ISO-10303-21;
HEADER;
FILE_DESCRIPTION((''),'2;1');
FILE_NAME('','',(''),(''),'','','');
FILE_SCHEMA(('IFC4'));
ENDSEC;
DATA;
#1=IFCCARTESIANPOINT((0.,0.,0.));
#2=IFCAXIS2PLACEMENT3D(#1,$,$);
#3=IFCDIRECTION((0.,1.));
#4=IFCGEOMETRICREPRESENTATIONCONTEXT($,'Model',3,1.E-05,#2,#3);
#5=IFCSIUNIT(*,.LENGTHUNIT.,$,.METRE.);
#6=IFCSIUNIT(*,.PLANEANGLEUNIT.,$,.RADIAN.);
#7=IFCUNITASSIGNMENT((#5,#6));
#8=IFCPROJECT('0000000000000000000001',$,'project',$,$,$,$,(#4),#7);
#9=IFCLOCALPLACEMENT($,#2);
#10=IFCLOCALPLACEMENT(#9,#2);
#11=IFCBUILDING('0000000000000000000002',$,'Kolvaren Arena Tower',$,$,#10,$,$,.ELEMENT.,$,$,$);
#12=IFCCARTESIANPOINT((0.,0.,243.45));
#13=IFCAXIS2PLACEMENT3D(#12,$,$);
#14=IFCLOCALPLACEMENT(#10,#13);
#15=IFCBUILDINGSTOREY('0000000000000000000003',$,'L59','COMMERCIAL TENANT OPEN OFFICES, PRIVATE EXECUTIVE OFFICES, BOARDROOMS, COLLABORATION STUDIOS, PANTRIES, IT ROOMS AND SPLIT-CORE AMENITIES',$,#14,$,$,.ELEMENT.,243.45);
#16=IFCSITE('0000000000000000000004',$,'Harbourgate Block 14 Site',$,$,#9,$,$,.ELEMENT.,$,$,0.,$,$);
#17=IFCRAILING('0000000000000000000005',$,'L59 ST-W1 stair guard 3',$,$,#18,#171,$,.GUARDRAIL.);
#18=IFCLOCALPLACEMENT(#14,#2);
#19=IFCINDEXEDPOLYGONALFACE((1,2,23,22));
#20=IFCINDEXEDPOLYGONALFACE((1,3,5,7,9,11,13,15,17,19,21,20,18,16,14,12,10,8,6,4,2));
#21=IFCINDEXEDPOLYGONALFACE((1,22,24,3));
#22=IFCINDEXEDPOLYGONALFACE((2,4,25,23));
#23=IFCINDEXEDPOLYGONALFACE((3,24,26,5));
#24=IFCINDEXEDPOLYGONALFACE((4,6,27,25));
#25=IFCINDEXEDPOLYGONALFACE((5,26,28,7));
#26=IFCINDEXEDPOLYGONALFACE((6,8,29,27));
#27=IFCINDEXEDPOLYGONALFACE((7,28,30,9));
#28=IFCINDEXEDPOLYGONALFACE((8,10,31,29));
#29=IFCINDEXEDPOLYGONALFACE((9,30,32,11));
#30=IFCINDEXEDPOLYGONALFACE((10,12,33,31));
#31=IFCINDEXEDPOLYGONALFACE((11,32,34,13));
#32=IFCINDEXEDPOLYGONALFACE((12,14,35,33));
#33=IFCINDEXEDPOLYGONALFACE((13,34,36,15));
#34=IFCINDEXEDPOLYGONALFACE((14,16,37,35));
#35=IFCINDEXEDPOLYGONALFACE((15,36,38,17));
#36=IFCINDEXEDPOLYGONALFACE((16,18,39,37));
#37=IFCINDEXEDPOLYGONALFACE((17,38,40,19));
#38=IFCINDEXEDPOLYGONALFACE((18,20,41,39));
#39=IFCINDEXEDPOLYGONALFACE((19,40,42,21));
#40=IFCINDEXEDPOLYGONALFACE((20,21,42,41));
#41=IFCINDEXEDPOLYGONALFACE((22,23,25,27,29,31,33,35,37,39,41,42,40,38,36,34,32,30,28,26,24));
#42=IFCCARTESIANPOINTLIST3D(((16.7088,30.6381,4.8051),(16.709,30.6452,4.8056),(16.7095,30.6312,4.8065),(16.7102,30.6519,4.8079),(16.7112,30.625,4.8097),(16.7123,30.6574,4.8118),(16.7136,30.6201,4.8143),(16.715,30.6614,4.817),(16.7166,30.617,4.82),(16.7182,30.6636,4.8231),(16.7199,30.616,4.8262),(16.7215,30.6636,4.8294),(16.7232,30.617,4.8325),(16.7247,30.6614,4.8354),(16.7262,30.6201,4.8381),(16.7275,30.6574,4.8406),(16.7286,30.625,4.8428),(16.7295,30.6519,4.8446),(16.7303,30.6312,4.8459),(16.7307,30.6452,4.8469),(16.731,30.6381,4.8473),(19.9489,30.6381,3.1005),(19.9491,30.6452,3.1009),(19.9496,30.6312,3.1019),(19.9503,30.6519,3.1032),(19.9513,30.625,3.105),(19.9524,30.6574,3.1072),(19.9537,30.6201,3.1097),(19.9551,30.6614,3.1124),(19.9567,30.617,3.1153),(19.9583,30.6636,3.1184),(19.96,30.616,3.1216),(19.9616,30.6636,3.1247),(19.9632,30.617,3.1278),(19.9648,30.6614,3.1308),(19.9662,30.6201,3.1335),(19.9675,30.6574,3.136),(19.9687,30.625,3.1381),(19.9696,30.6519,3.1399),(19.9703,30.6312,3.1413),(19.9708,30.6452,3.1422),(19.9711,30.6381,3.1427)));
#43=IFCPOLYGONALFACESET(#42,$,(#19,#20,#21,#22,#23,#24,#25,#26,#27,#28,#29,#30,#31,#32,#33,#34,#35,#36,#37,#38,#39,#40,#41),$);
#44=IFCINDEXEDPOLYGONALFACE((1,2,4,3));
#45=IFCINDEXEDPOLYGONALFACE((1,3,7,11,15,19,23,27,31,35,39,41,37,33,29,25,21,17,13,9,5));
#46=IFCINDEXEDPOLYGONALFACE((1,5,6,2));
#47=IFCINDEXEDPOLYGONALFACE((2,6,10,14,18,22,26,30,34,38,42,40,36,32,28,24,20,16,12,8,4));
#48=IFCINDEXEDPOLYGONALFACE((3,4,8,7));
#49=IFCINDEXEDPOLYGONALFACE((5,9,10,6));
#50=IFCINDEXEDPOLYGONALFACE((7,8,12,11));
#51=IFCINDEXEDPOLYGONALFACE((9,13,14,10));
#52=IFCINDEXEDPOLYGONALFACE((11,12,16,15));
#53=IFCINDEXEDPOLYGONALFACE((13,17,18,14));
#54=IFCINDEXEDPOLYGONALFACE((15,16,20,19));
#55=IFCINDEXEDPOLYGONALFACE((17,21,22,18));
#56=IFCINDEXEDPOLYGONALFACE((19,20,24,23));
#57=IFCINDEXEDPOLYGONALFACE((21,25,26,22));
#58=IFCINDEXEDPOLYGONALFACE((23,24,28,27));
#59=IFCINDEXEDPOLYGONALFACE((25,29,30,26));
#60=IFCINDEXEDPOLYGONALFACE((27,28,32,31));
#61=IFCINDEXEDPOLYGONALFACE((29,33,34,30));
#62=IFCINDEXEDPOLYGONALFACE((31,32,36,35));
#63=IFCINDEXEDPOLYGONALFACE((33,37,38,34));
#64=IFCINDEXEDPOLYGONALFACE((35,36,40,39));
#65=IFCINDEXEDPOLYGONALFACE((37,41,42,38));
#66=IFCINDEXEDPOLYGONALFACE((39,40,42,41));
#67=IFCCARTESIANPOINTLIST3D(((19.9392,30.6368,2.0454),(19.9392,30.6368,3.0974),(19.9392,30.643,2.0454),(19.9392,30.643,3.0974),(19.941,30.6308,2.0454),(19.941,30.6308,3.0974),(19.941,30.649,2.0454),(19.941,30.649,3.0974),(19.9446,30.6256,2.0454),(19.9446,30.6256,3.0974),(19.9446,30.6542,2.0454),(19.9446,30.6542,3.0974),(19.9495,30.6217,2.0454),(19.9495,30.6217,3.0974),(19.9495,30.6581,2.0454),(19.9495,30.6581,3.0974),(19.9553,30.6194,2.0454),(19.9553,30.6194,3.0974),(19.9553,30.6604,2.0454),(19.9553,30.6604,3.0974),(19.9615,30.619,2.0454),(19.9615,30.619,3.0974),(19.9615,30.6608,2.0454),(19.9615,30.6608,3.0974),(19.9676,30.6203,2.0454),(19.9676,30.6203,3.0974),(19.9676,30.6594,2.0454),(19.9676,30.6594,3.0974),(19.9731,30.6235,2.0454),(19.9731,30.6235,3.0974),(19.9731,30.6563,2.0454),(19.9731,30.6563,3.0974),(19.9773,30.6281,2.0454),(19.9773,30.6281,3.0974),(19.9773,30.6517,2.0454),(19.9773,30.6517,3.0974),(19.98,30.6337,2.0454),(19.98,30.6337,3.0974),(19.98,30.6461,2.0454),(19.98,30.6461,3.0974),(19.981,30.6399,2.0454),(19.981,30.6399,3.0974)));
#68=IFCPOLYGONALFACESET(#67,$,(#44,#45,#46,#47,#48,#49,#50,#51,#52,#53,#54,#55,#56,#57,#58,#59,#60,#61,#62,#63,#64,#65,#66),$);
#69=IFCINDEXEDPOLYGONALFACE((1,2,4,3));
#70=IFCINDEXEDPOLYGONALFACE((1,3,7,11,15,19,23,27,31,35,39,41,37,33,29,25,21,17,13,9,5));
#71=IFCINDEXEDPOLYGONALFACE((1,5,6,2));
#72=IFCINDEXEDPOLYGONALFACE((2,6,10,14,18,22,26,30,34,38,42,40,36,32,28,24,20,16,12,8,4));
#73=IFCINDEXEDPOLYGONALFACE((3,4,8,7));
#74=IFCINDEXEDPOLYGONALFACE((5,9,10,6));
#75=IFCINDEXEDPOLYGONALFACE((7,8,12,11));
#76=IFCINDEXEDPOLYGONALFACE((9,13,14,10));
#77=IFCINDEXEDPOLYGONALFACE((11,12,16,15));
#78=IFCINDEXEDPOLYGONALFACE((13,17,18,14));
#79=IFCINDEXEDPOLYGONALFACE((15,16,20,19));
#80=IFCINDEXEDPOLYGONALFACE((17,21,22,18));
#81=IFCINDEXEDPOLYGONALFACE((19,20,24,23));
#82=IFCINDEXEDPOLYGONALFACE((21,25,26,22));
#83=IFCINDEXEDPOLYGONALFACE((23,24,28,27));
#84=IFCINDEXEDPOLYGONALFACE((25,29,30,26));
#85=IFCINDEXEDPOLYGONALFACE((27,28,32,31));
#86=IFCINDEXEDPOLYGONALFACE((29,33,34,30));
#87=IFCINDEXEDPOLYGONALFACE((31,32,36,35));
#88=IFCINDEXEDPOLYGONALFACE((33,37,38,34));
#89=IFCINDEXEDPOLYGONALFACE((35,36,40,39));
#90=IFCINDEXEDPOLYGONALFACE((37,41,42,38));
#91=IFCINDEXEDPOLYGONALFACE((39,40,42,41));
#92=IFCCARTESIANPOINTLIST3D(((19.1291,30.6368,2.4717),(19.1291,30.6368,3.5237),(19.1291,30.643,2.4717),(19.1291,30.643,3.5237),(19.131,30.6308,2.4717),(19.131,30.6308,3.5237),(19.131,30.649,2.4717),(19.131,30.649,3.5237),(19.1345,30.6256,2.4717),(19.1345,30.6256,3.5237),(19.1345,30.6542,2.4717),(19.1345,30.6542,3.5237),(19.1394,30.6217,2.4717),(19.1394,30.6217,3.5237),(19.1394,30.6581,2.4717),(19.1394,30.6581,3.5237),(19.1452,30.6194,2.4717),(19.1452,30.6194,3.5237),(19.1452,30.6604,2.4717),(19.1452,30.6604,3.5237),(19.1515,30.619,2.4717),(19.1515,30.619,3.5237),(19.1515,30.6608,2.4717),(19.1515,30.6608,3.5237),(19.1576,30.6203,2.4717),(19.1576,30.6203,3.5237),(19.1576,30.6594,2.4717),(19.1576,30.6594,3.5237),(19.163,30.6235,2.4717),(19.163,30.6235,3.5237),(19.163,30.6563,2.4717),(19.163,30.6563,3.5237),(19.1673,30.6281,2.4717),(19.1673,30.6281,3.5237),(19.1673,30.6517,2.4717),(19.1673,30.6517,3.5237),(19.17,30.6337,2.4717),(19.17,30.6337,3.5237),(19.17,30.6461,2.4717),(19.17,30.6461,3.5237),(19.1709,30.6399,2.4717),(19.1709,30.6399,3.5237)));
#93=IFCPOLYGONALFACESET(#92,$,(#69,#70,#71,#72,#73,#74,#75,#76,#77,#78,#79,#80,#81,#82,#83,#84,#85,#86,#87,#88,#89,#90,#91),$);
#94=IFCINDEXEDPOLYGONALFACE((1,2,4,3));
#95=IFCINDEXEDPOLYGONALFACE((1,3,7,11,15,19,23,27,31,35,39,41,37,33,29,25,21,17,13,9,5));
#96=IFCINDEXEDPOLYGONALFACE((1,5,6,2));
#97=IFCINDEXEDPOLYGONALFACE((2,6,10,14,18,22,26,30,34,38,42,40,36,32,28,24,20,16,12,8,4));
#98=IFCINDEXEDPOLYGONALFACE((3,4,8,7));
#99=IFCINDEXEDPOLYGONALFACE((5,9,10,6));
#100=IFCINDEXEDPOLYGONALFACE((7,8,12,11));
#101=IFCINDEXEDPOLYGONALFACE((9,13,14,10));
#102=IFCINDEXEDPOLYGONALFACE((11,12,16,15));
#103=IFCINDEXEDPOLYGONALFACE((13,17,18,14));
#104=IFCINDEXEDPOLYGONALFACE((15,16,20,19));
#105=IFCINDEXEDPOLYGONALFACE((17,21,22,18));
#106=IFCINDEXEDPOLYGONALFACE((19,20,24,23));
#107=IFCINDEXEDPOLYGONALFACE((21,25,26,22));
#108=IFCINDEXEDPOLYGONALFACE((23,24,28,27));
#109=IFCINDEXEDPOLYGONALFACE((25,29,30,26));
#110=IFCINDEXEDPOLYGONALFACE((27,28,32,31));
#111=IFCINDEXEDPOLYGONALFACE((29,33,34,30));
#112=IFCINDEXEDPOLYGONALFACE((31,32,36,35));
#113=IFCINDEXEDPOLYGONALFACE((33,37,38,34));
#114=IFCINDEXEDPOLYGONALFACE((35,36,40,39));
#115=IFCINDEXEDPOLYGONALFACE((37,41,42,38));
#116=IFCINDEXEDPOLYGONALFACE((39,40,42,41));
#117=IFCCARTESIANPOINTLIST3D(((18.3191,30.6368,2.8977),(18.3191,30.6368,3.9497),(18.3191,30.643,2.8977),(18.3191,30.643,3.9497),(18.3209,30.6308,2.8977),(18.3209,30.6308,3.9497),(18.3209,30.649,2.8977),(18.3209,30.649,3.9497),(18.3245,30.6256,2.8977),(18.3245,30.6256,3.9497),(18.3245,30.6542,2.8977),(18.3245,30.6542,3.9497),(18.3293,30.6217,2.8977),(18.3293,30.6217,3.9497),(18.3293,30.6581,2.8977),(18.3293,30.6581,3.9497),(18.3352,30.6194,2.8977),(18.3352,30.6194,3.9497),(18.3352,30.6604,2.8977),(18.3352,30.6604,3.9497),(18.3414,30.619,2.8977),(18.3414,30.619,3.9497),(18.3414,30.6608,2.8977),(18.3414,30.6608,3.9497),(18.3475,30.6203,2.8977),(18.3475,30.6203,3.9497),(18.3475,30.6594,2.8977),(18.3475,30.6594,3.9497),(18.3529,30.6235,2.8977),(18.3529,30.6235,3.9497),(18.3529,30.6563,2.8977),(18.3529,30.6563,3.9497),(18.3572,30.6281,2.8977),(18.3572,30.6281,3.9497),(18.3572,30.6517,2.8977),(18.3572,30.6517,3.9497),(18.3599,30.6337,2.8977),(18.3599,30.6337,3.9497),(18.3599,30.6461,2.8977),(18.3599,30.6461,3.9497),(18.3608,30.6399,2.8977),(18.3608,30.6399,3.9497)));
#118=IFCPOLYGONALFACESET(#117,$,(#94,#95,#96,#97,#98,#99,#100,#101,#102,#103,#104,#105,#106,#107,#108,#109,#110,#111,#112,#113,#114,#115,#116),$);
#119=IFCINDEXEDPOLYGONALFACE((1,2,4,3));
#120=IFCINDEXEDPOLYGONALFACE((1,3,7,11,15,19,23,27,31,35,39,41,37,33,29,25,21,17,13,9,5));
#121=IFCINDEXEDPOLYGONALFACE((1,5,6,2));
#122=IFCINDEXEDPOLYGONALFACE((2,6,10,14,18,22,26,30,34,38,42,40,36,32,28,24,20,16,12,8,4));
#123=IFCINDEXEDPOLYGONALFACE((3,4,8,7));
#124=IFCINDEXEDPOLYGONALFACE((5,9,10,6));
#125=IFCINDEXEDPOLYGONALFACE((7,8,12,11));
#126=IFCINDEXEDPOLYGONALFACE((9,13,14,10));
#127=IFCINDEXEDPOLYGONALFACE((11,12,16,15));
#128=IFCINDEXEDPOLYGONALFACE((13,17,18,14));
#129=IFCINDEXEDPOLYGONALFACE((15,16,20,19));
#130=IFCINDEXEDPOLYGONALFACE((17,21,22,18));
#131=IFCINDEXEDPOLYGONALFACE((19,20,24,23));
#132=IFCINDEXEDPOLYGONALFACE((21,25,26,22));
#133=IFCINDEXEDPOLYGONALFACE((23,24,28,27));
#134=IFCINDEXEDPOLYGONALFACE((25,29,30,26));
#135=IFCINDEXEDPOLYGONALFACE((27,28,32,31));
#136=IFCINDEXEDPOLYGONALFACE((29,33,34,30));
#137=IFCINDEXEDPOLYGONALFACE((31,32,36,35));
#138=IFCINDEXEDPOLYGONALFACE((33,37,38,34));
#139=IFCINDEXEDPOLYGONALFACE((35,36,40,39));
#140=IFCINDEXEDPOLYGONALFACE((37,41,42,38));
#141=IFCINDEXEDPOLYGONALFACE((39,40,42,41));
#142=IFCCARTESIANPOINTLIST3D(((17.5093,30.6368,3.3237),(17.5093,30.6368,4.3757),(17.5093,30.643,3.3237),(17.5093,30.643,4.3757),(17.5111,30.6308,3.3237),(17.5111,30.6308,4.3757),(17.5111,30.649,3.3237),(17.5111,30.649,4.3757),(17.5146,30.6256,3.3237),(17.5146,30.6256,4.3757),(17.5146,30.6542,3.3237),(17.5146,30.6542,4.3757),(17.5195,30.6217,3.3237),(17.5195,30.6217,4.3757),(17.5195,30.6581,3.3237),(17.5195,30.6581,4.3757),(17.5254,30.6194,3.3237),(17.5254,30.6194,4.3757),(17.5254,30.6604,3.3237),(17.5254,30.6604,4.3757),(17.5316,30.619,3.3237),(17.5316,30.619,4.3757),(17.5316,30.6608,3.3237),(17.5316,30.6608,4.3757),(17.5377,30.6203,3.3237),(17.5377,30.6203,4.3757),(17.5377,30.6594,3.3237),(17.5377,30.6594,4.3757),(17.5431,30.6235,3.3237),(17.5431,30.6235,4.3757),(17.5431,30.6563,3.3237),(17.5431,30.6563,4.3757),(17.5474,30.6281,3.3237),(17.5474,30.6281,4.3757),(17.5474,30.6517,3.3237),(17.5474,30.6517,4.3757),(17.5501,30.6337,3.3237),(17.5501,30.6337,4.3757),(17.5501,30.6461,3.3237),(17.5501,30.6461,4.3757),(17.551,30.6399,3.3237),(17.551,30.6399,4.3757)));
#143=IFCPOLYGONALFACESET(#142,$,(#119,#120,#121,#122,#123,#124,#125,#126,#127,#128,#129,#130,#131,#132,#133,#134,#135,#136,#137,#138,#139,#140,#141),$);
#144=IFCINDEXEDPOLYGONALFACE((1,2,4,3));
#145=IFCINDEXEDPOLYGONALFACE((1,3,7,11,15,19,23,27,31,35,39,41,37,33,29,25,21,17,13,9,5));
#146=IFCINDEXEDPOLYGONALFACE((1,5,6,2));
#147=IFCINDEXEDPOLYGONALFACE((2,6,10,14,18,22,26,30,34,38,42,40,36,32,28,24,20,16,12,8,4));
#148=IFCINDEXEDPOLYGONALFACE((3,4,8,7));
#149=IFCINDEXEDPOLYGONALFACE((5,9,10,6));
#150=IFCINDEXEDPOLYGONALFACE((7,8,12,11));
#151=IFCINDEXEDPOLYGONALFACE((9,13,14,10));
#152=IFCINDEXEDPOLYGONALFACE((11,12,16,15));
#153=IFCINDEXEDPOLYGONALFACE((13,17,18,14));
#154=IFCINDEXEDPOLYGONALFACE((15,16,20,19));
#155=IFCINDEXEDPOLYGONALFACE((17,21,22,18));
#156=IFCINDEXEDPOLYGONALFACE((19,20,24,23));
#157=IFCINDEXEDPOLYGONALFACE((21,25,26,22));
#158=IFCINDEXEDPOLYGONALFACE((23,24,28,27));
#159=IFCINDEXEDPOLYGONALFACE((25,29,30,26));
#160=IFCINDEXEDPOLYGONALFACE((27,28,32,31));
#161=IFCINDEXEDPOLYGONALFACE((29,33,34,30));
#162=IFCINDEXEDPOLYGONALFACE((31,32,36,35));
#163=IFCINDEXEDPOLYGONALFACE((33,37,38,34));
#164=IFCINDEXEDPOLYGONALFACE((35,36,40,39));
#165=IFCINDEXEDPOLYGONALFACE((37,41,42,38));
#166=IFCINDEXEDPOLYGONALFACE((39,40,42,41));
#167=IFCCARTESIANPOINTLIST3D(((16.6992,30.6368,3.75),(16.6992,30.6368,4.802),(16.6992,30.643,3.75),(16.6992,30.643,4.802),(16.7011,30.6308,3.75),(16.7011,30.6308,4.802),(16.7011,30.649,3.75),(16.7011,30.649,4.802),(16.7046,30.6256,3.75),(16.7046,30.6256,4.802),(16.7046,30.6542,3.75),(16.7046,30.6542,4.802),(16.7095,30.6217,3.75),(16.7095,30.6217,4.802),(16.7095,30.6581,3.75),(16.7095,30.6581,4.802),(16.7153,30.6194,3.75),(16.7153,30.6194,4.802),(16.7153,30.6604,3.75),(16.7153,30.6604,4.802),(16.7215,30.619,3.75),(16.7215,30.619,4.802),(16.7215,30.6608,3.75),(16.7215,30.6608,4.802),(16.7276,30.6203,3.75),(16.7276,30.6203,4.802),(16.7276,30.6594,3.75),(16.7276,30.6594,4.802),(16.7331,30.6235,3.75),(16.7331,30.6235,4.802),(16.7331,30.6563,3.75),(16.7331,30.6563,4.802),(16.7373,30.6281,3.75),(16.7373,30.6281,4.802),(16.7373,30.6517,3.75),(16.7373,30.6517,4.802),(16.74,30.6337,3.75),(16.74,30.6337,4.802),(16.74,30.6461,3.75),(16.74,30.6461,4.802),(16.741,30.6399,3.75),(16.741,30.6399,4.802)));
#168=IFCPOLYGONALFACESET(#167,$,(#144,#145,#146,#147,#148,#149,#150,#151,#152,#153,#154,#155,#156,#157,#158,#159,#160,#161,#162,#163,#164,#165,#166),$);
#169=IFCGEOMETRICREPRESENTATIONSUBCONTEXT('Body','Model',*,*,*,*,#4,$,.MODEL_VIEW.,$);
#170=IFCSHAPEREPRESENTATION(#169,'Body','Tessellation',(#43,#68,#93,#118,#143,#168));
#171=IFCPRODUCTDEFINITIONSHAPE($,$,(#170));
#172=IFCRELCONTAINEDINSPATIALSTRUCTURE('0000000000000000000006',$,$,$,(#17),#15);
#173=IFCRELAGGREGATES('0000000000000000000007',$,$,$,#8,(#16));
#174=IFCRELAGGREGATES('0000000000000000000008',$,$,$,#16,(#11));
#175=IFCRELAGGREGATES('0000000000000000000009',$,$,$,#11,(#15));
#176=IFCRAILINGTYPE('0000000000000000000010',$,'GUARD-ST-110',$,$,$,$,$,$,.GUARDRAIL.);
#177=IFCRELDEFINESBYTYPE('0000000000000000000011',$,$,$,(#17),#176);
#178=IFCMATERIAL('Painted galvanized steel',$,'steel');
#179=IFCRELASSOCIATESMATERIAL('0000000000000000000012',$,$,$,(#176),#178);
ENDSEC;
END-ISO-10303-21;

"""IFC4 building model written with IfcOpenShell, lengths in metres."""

from ifc_helpers import new_model, si_unit, direction, frame, origin, origin_2d, place, context, subcontext, project, spatial, circle, extrude, material, type_object, element, save


model = new_model("IFC4")

# Units and contexts
model_context = context("Model", 3, precision=1e-05, world=origin(), true_north=direction((0.0, 1.0)))
body_context = subcontext(model_context, "Body", "Model", "MODEL_VIEW")
ifc_project = project(units=[si_unit("LENGTHUNIT", "METRE"), si_unit("PLANEANGLEUNIT", "RADIAN")], contexts=[model_context])

# Site, building, storey
site_placement = place(None, origin())
site = spatial("IfcSite", under=ifc_project, at=site_placement, Name="Harbourgate Block 14 Site", CompositionType="ELEMENT", RefElevation=0.0)
building_placement = place(site_placement, origin())
building = spatial("IfcBuilding", under=site, at=building_placement, Name="Kolvaren Arena Tower", CompositionType="ELEMENT")
storey_placement = place(building_placement, frame((0.0, 0.0, 243.45)))
storey = spatial("IfcBuildingStorey", under=building, at=storey_placement, Name="L59", Description="COMMERCIAL TENANT OPEN OFFICES, PRIVATE EXECUTIVE OFFICES, BOARDROOMS, COLLABORATION STUDIOS, PANTRIES, IT ROOMS AND SPLIT-CORE AMENITIES", CompositionType="ELEMENT", Elevation=243.45)

# Railing
ifc_material_1 = material(Name="Painted galvanized steel", Category="steel")
railing_type_1 = type_object("IfcRailingType", Name="GUARD-ST-110", PredefinedType="GUARDRAIL", material=ifc_material_1)
railing_1_placement = place(storey_placement, frame((19.96, 30.6399, 2.0454)))
element("IfcRailing", 1, at=railing_1_placement, inside=storey, type_object=railing_type_1, Name="L59 ST-W1 stair guard 3", PredefinedType="GUARDRAIL", context=body_context, shape_type="SweptSolid", body=[
    extrude(circle(Radius=0.0239, at=origin_2d()), frame((0.0, 0.0, 1.0762), z_axis=(-0.884993, 0.0, 0.465604), x_axis=(0.0, -1.0, 0.0)), (0.0, 0.0, 1.0), 3.6611),
    extrude(circle(Radius=0.021, at=origin_2d()), origin(), (0.0, 0.0, 1.0), 1.052),
    extrude(circle(Radius=0.021, at=origin_2d()), frame((-0.8101, 0.0, 0.4263)), (0.0, 0.0, 1.0), 1.052),
    extrude(circle(Radius=0.021, at=origin_2d()), frame((-1.6201, 0.0, 0.8523)), (0.0, 0.0, 1.0), 1.052),
    extrude(circle(Radius=0.021, at=origin_2d()), frame((-2.4299, 0.0, 1.2783)), (0.0, 0.0, 1.0), 1.052),
    extrude(circle(Radius=0.021, at=origin_2d()), frame((-3.24, 0.0, 1.7046)), (0.0, 0.0, 1.0), 1.052),
])

save(model, "model.ifc")
